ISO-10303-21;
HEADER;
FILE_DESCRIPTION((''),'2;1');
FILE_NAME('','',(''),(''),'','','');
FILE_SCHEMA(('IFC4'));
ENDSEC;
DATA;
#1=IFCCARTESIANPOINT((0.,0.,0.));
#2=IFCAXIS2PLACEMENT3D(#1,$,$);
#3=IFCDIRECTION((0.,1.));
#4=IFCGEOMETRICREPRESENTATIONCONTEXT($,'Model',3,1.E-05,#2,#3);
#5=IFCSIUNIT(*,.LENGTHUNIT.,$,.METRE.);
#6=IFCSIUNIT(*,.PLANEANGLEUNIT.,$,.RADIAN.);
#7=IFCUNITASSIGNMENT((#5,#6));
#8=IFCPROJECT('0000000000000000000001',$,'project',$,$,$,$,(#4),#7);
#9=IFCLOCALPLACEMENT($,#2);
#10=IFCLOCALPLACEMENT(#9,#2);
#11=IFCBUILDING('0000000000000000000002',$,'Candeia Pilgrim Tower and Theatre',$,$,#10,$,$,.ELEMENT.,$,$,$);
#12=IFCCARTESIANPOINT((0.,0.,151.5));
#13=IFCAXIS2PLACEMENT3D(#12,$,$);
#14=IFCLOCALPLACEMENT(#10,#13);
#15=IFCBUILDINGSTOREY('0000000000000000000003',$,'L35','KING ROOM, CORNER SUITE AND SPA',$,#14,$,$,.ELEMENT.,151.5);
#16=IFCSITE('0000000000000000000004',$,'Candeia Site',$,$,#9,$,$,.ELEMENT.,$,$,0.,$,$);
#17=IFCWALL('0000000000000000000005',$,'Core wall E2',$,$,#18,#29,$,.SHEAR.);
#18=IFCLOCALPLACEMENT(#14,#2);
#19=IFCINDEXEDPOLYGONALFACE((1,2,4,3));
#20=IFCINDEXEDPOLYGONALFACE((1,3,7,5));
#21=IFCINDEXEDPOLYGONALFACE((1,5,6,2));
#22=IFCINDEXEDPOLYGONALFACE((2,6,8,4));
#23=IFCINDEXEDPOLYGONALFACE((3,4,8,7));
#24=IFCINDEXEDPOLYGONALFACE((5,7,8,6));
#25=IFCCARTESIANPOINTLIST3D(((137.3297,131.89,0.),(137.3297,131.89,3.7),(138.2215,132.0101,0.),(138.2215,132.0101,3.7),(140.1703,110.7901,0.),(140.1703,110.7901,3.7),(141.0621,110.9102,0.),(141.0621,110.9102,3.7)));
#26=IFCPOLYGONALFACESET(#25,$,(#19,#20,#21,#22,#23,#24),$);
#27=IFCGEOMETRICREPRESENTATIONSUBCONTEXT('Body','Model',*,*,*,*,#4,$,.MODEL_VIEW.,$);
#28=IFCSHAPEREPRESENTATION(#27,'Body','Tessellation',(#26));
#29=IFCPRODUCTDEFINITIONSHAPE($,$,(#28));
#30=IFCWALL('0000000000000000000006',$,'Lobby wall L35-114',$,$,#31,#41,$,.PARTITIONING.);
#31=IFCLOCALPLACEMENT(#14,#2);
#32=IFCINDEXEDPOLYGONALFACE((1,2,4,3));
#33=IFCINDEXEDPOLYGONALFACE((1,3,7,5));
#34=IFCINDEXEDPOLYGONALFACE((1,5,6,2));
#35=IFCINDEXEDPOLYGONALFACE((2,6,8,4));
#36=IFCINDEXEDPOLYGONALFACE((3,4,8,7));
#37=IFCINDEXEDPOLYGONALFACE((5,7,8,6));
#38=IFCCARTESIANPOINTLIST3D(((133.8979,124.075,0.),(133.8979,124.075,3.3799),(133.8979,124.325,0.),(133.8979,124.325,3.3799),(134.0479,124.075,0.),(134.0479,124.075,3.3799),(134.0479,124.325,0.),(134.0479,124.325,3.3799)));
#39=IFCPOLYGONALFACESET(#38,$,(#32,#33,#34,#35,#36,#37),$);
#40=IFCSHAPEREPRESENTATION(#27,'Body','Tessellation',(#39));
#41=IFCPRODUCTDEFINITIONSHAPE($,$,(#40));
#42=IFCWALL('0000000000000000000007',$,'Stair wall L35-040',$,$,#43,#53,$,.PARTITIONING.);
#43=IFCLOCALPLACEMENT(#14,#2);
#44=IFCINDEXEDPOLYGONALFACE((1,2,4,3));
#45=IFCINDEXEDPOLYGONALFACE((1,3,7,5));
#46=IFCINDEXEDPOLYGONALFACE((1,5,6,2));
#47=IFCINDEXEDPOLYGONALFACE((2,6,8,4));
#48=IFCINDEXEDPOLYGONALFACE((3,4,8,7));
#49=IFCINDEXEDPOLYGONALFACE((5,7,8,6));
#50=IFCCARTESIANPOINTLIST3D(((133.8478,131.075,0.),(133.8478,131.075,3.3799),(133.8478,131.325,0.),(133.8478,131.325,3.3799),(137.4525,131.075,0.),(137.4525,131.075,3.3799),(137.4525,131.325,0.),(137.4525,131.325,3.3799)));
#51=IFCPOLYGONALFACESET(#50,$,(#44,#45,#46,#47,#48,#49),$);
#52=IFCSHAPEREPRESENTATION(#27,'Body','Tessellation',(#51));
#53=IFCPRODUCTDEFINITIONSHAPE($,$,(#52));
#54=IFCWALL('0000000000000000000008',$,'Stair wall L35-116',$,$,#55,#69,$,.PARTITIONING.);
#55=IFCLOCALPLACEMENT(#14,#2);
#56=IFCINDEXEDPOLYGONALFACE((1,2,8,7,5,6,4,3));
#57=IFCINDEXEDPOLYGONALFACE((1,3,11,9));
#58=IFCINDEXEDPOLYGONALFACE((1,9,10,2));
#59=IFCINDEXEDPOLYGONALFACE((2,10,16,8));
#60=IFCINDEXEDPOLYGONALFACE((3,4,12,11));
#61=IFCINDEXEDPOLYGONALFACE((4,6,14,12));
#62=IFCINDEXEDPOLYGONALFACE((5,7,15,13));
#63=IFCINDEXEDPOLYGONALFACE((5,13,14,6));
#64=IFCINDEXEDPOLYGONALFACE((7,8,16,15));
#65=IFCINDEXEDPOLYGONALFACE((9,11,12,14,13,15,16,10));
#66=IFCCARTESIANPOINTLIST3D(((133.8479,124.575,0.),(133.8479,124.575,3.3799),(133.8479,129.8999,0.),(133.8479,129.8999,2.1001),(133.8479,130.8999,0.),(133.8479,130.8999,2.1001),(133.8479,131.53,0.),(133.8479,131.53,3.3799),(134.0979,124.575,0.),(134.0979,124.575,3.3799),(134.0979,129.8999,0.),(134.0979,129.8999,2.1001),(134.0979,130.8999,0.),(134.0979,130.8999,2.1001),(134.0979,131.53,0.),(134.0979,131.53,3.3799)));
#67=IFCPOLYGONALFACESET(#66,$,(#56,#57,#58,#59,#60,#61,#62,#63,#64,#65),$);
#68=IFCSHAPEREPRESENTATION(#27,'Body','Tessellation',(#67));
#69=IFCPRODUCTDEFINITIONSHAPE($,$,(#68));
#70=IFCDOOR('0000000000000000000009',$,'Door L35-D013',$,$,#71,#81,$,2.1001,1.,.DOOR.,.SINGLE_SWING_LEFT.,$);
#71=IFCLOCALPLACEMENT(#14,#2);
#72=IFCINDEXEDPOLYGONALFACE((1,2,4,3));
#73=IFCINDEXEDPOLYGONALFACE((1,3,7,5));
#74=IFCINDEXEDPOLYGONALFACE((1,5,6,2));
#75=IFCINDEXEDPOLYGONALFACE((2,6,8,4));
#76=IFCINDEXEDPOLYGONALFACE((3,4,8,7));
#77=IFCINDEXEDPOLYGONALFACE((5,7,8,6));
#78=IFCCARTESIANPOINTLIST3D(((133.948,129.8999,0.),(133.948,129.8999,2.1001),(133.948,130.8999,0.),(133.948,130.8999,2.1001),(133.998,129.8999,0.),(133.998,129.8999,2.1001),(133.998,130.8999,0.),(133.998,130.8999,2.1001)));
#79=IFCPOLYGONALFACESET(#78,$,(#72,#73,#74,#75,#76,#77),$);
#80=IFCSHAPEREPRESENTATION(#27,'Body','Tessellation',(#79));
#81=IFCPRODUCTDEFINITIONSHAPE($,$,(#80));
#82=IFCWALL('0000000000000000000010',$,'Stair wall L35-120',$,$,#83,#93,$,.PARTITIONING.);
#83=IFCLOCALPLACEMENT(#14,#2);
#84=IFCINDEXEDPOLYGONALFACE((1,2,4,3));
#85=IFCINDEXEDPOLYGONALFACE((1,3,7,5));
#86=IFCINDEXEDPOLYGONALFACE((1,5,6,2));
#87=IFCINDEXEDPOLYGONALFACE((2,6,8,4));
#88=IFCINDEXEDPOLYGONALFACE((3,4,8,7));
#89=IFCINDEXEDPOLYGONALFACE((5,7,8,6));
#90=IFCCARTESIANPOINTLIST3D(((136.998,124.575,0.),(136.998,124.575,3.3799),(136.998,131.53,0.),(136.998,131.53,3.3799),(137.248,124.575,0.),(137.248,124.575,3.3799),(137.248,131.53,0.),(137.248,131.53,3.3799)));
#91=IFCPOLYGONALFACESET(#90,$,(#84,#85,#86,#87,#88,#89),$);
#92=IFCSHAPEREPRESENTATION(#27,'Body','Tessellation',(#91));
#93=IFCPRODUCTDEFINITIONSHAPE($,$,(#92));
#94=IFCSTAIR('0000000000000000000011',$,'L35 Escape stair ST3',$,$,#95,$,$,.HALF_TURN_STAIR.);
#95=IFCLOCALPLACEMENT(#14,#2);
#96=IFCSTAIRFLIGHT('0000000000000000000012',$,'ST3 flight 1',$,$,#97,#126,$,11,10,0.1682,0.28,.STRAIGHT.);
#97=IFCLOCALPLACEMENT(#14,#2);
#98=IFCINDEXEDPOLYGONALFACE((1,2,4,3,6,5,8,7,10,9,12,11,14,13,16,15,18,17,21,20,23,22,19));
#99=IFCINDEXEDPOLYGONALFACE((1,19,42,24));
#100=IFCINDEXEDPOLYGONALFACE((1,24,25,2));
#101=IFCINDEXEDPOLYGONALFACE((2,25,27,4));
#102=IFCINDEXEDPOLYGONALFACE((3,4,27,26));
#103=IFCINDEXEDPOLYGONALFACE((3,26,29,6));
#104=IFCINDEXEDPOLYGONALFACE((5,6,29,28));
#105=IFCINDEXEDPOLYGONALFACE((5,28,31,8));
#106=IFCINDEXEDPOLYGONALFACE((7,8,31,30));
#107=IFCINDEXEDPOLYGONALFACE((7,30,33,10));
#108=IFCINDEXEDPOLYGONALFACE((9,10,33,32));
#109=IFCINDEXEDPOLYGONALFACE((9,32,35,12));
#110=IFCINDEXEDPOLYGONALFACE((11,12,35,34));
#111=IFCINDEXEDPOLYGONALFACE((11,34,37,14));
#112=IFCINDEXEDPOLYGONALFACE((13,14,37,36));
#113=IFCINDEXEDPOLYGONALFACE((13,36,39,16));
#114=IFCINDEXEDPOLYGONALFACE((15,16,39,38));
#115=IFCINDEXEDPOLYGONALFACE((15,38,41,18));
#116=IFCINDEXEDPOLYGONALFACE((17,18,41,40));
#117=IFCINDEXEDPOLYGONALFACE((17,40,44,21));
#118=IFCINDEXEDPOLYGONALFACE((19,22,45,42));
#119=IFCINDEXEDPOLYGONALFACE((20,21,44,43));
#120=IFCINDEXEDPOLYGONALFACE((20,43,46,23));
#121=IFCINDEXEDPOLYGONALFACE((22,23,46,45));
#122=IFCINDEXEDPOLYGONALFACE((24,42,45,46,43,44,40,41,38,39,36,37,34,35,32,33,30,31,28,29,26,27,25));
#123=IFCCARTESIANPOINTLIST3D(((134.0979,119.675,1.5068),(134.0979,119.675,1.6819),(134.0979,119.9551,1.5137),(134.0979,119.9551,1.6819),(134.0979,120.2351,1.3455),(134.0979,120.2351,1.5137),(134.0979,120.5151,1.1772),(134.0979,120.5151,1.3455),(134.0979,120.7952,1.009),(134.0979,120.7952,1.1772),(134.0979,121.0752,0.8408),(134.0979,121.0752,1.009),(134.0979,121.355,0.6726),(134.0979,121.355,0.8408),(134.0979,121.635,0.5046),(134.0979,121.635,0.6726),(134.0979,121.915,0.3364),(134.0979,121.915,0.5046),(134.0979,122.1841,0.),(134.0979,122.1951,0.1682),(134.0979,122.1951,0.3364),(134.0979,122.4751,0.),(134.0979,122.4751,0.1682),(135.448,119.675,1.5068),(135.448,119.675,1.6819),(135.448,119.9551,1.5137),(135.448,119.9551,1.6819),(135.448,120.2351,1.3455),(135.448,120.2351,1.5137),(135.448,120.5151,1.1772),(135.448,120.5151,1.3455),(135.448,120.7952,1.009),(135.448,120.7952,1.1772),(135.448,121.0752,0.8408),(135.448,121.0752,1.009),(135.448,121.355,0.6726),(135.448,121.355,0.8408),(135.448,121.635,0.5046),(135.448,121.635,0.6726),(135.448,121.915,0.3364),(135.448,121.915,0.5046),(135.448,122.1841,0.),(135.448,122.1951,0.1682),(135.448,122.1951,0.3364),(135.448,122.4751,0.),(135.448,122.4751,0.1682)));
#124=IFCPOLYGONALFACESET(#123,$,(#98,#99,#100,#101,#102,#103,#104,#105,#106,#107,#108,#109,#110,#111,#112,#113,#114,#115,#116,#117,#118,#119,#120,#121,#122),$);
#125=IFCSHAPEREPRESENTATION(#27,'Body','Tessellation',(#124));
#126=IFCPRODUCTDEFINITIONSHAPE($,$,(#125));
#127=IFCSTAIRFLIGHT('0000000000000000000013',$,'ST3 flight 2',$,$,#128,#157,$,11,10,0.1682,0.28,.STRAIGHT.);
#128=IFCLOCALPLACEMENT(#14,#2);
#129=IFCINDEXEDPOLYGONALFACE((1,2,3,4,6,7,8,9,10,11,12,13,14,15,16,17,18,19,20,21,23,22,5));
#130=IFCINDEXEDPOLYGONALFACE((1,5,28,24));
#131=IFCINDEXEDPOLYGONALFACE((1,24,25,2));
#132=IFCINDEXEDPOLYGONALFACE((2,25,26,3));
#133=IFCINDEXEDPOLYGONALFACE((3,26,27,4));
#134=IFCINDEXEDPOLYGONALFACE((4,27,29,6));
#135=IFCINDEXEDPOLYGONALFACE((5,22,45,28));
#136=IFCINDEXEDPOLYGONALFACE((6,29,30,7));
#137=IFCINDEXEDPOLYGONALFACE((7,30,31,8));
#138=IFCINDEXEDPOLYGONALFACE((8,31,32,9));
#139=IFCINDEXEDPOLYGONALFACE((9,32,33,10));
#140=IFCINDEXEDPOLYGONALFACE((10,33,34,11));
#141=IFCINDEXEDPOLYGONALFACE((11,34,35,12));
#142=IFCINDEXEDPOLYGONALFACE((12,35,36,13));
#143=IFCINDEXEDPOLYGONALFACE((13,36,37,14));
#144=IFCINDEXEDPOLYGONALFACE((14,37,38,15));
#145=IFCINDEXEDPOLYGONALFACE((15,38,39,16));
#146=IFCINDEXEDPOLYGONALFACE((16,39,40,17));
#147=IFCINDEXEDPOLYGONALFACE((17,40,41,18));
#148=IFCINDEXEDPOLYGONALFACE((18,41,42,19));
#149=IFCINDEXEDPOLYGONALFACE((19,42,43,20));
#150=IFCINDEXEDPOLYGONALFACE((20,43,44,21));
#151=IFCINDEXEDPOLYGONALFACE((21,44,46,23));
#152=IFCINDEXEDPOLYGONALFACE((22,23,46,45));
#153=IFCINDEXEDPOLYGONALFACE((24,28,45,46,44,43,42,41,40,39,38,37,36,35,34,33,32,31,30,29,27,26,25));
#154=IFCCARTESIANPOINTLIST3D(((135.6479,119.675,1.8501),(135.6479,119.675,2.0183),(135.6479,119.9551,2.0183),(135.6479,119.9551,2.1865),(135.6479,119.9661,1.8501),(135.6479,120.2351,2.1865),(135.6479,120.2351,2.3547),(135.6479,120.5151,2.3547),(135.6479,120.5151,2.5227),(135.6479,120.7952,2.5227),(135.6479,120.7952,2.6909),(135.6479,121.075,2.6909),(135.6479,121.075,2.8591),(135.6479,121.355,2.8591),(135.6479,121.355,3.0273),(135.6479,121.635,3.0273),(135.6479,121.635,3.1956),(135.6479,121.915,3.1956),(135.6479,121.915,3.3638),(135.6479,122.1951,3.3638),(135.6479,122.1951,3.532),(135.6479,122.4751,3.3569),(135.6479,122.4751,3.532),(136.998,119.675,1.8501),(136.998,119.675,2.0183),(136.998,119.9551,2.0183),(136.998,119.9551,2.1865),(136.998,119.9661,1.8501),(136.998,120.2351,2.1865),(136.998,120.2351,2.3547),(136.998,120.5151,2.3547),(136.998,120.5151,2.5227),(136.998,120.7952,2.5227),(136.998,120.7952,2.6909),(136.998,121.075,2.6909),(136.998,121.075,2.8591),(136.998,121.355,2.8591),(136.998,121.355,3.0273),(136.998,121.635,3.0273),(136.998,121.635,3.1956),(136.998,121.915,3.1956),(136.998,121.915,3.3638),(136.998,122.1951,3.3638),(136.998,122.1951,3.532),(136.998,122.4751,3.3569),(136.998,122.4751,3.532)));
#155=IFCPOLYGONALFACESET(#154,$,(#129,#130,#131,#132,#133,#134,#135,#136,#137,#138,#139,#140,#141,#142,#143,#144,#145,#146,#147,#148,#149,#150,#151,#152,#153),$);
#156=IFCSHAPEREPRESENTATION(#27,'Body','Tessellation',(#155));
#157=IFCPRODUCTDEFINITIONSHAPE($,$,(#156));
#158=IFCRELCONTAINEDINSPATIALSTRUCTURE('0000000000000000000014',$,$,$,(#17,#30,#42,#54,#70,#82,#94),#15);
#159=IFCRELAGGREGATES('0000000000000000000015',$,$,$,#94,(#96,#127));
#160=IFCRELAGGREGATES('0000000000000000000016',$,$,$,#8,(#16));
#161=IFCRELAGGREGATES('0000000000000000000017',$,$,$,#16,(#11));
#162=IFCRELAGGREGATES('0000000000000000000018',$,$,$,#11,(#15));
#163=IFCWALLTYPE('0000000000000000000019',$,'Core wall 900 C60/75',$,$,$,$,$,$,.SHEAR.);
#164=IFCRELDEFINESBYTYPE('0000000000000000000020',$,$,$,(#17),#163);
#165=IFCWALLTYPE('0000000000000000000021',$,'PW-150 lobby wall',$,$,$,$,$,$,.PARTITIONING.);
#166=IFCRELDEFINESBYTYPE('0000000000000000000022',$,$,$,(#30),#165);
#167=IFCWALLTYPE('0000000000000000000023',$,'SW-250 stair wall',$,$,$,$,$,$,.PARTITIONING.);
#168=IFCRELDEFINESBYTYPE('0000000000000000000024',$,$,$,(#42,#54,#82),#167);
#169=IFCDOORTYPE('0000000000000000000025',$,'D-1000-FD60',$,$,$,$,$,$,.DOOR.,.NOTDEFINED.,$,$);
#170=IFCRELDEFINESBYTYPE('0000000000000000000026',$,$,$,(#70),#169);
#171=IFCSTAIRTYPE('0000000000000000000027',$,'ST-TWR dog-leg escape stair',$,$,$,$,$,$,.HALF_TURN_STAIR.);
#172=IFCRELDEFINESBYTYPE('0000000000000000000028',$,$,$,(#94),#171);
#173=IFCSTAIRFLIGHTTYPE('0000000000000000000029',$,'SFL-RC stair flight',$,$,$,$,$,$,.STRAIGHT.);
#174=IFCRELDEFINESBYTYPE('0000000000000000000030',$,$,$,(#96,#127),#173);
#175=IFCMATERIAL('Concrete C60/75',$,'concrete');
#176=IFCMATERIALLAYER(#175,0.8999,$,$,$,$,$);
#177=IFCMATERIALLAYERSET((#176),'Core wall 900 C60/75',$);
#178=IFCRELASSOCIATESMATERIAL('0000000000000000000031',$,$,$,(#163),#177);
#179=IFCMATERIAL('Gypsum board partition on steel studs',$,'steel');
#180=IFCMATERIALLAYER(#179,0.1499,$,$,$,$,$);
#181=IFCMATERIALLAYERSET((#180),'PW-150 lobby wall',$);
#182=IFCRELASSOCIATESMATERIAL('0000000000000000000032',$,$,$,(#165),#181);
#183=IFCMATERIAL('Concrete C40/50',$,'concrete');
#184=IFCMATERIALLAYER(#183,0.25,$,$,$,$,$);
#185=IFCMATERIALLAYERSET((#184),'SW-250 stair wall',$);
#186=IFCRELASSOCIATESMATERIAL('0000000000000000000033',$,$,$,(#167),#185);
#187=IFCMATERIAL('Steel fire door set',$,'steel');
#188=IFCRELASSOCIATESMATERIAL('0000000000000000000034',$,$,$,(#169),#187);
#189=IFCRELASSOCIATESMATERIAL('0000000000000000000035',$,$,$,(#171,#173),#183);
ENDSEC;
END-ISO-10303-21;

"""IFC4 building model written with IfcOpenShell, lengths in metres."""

from ifc_helpers import new_model, si_unit, direction, frame, frame_2d, origin, place, context, subcontext, project, spatial, polyline, rectangle, outline, extrude, material, layer, layer_set, type_object, element, fill, aggregate, save


model = new_model("IFC4")

# Units and contexts
model_context = context("Model", 3, precision=1e-05, world=origin(), true_north=direction((0.0, 1.0)))
body_context = subcontext(model_context, "Body", "Model", "MODEL_VIEW")
ifc_project = project(units=[si_unit("LENGTHUNIT", "METRE"), si_unit("PLANEANGLEUNIT", "RADIAN")], contexts=[model_context])

# Site, building, storey
site_placement = place(None, origin())
site = spatial("IfcSite", under=ifc_project, at=site_placement, Name="Candeia Site", CompositionType="ELEMENT", RefElevation=0.0)
building_placement = place(site_placement, origin())
building = spatial("IfcBuilding", under=site, at=building_placement, Name="Candeia Pilgrim Tower and Theatre", CompositionType="ELEMENT")
storey_placement = place(building_placement, frame((0.0, 0.0, 151.5)))
storey = spatial("IfcBuildingStorey", under=building, at=storey_placement, Name="L35", Description="KING ROOM, CORNER SUITE AND SPA", CompositionType="ELEMENT", Elevation=151.5)

# Wall
ifc_material_1 = material(Name="Concrete C60/75", Category="concrete")
ifc_layer_1 = layer(ifc_material_1, 0.8999)
ifc_layer_set_1 = layer_set([ifc_layer_1], Name="Core wall 900 C60/75")
wall_type_1 = type_object("IfcWallType", Name="Core wall 900 C60/75", PredefinedType="SHEAR", material=ifc_layer_set_1)
wall_1_placement = place(storey_placement, frame((137.7756, 131.95, 0.0), z_axis=(0.0, 0.0, 1.0), x_axis=(0.133422, -0.991059, 0.0)))
element("IfcWall", 1, at=wall_1_placement, inside=storey, type_object=wall_type_1, Name="Core wall E2", PredefinedType="SHEAR", context=body_context, shape_type="SweptSolid", body=[
    extrude(rectangle(XDim=21.2903, YDim=0.8999, at=frame_2d((10.645, 0.0))), origin(), (0.0, 0.0, 1.0), 3.7),
])

# Walls
ifc_material_2 = material(Name="Gypsum board partition on steel studs", Category="steel")
ifc_layer_2 = layer(ifc_material_2, 0.1499)
ifc_layer_set_2 = layer_set([ifc_layer_2], Name="PW-150 lobby wall")
wall_type_2 = type_object("IfcWallType", Name="PW-150 lobby wall", PredefinedType="PARTITIONING", material=ifc_layer_set_2)
wall_2_placement = place(storey_placement, frame((133.9729, 124.075, 0.0), z_axis=(0.0, 0.0, 1.0), x_axis=(0.0, 1.0, 0.0)))
element("IfcWall", 2, at=wall_2_placement, inside=storey, type_object=wall_type_2, Name="Lobby wall L35-114", PredefinedType="PARTITIONING", context=body_context, shape_type="SweptSolid", body=[
    extrude(rectangle(XDim=0.25, YDim=0.1499, at=frame_2d((0.125, 0.0))), origin(), (0.0, 0.0, 1.0), 3.3799),
])
ifc_material_3 = material(Name="Concrete C40/50", Category="concrete")
ifc_layer_3 = layer(ifc_material_3, 0.25)
ifc_layer_set_3 = layer_set([ifc_layer_3], Name="SW-250 stair wall")
wall_type_3 = type_object("IfcWallType", Name="SW-250 stair wall", PredefinedType="PARTITIONING", material=ifc_layer_set_3)
wall_3_placement = place(storey_placement, frame((133.8479, 131.2, 0.0), z_axis=(0.0, 0.0, 1.0), x_axis=(1.0, 0.0, 0.0)))
element("IfcWall", 3, at=wall_3_placement, inside=storey, type_object=wall_type_3, Name="Stair wall L35-040", PredefinedType="PARTITIONING", context=body_context, shape_type="SweptSolid", body=[
    extrude(rectangle(XDim=3.6047, YDim=0.25, at=frame_2d((1.8022, 0.0))), origin(), (0.0, 0.0, 1.0), 3.3799),
])

# Wall, opening, door
wall_4_placement = place(storey_placement, frame((133.9729, 124.575, 0.0), z_axis=(0.0, 0.0, 1.0), x_axis=(0.0, 1.0, 0.0)))
wall_4 = element("IfcWall", 4, at=wall_4_placement, inside=storey, type_object=wall_type_3, Name="Stair wall L35-116", PredefinedType="PARTITIONING", context=body_context, shape_type="SweptSolid", body=[
    extrude(rectangle(XDim=6.9551, YDim=0.25, at=frame_2d((3.4775, 0.0))), origin(), (0.0, 0.0, 1.0), 3.3799),
])
opening_1_placement = place(wall_4_placement, frame((5.325, 0.0, 0.0)))
opening_1 = element("IfcOpeningElement", 5, at=opening_1_placement, cuts=wall_4, PredefinedType="OPENING", context=body_context, shape_type="SweptSolid", body=[
    extrude(rectangle(XDim=1.0, YDim=2.1001, at=frame_2d((0.5, 1.05))), frame((0.0, 0.135, 0.0), z_axis=(0.0, -1.0, 0.0), x_axis=(1.0, 0.0, 0.0)), (0.0, 0.0, 1.0), 0.27),
])
ifc_material_4 = material(Name="Steel fire door set", Category="steel")
door_type_1 = type_object("IfcDoorType", Name="D-1000-FD60", OperationType="NOTDEFINED", PredefinedType="DOOR", material=ifc_material_4)
door_1_placement = place(opening_1_placement, origin())
door_1 = element("IfcDoor", 6, at=door_1_placement, inside=storey, type_object=door_type_1, Name="Door L35-D013", OperationType="SINGLE_SWING_LEFT", OverallHeight=2.1001, OverallWidth=1.0, PredefinedType="DOOR", context=body_context, shape_type="SweptSolid", body=[
    extrude(rectangle(XDim=1.0, YDim=2.1001, at=frame_2d((0.5, 1.05))), frame((0.0, 0.0249, 0.0), z_axis=(0.0, -1.0, 0.0), x_axis=(1.0, 0.0, 0.0)), (0.0, 0.0, 1.0), 0.05),
])
fill(opening_1, door_1)

# Wall
wall_5_placement = place(storey_placement, frame((137.123, 124.575, 0.0), z_axis=(0.0, 0.0, 1.0), x_axis=(0.0, 1.0, 0.0)))
element("IfcWall", 7, at=wall_5_placement, inside=storey, type_object=wall_type_3, Name="Stair wall L35-120", PredefinedType="PARTITIONING", context=body_context, shape_type="SweptSolid", body=[
    extrude(rectangle(XDim=6.9551, YDim=0.25, at=frame_2d((3.4775, 0.0))), origin(), (0.0, 0.0, 1.0), 3.3799),
])

# Stair, stair flights
stair_type = type_object("IfcStairType", Name="ST-TWR dog-leg escape stair", PredefinedType="HALF_TURN_STAIR", material=ifc_material_3)
stair_1_placement = place(storey_placement, origin())
stair_1 = element("IfcStair", 8, at=stair_1_placement, inside=storey, type_object=stair_type, Name="L35 Escape stair ST3", PredefinedType="HALF_TURN_STAIR")
stair_flight_type = type_object("IfcStairFlightType", Name="SFL-RC stair flight", PredefinedType="STRAIGHT", material=ifc_material_3)
stair_flight_1_placement = place(storey_placement, frame((134.7729, 122.4751, 0.0), z_axis=(0.0, 0.0, 1.0), x_axis=(0.0, -1.0, 0.0)))
stair_flight_1 = element("IfcStairFlight", 9, at=stair_flight_1_placement, type_object=stair_flight_type, Name="ST3 flight 1", NumberOfRisers=11, NumberOfTreads=10, PredefinedType="STRAIGHT", RiserHeight=0.1682, TreadLength=0.28, context=body_context, shape_type="SweptSolid", body=[
    extrude(outline(polyline([(0.0, 0.0), (0.0, 0.1682), (0.28, 0.1682), (0.28, 0.3364), (0.5601, 0.3364), (0.5601, 0.5046), (0.8401, 0.5046), (0.8401, 0.6726), (1.1201, 0.6726), (1.1201, 0.8408), (1.3999, 0.8408), (1.3999, 1.009), (1.6799, 1.009), (1.6799, 1.1772), (1.96, 1.1772), (1.96, 1.3455), (2.24, 1.3455), (2.24, 1.5137), (2.52, 1.5137), (2.52, 1.6819), (2.8, 1.6819), (2.8, 1.8501), (2.8, 1.5068), (0.291, 0.0), (0.0, 0.0)])), frame((0.0, 0.675, 0.0), z_axis=(0.0, -1.0, 0.0), x_axis=(1.0, 0.0, 0.0)), (0.0, 0.0, 1.0), 1.3501),
])
stair_flight_2_placement = place(storey_placement, frame((136.323, 119.675, 1.8501), z_axis=(0.0, 0.0, 1.0), x_axis=(0.0, 1.0, 0.0)))
stair_flight_2 = element("IfcStairFlight", 10, at=stair_flight_2_placement, type_object=stair_flight_type, Name="ST3 flight 2", NumberOfRisers=11, NumberOfTreads=10, PredefinedType="STRAIGHT", RiserHeight=0.1682, TreadLength=0.28, context=body_context, shape_type="SweptSolid", body=[
    extrude(outline(polyline([(0.0, 0.0), (0.0, 0.1682), (0.28, 0.1682), (0.28, 0.3364), (0.5601, 0.3364), (0.5601, 0.5046), (0.8401, 0.5046), (0.8401, 0.6726), (1.1201, 0.6726), (1.1201, 0.8408), (1.3999, 0.8408), (1.3999, 1.009), (1.6799, 1.009), (1.6799, 1.1772), (1.96, 1.1772), (1.96, 1.3455), (2.24, 1.3455), (2.24, 1.5137), (2.52, 1.5137), (2.52, 1.6819), (2.8, 1.6819), (2.8, 1.8501), (2.8, 1.5068), (0.291, 0.0), (0.0, 0.0)])), frame((0.0, 0.675, 0.0), z_axis=(0.0, -1.0, 0.0), x_axis=(1.0, 0.0, 0.0)), (0.0, 0.0, 1.0), 1.3501),
])
aggregate(stair_1, [stair_flight_1, stair_flight_2])

save(model, "model.ifc")
